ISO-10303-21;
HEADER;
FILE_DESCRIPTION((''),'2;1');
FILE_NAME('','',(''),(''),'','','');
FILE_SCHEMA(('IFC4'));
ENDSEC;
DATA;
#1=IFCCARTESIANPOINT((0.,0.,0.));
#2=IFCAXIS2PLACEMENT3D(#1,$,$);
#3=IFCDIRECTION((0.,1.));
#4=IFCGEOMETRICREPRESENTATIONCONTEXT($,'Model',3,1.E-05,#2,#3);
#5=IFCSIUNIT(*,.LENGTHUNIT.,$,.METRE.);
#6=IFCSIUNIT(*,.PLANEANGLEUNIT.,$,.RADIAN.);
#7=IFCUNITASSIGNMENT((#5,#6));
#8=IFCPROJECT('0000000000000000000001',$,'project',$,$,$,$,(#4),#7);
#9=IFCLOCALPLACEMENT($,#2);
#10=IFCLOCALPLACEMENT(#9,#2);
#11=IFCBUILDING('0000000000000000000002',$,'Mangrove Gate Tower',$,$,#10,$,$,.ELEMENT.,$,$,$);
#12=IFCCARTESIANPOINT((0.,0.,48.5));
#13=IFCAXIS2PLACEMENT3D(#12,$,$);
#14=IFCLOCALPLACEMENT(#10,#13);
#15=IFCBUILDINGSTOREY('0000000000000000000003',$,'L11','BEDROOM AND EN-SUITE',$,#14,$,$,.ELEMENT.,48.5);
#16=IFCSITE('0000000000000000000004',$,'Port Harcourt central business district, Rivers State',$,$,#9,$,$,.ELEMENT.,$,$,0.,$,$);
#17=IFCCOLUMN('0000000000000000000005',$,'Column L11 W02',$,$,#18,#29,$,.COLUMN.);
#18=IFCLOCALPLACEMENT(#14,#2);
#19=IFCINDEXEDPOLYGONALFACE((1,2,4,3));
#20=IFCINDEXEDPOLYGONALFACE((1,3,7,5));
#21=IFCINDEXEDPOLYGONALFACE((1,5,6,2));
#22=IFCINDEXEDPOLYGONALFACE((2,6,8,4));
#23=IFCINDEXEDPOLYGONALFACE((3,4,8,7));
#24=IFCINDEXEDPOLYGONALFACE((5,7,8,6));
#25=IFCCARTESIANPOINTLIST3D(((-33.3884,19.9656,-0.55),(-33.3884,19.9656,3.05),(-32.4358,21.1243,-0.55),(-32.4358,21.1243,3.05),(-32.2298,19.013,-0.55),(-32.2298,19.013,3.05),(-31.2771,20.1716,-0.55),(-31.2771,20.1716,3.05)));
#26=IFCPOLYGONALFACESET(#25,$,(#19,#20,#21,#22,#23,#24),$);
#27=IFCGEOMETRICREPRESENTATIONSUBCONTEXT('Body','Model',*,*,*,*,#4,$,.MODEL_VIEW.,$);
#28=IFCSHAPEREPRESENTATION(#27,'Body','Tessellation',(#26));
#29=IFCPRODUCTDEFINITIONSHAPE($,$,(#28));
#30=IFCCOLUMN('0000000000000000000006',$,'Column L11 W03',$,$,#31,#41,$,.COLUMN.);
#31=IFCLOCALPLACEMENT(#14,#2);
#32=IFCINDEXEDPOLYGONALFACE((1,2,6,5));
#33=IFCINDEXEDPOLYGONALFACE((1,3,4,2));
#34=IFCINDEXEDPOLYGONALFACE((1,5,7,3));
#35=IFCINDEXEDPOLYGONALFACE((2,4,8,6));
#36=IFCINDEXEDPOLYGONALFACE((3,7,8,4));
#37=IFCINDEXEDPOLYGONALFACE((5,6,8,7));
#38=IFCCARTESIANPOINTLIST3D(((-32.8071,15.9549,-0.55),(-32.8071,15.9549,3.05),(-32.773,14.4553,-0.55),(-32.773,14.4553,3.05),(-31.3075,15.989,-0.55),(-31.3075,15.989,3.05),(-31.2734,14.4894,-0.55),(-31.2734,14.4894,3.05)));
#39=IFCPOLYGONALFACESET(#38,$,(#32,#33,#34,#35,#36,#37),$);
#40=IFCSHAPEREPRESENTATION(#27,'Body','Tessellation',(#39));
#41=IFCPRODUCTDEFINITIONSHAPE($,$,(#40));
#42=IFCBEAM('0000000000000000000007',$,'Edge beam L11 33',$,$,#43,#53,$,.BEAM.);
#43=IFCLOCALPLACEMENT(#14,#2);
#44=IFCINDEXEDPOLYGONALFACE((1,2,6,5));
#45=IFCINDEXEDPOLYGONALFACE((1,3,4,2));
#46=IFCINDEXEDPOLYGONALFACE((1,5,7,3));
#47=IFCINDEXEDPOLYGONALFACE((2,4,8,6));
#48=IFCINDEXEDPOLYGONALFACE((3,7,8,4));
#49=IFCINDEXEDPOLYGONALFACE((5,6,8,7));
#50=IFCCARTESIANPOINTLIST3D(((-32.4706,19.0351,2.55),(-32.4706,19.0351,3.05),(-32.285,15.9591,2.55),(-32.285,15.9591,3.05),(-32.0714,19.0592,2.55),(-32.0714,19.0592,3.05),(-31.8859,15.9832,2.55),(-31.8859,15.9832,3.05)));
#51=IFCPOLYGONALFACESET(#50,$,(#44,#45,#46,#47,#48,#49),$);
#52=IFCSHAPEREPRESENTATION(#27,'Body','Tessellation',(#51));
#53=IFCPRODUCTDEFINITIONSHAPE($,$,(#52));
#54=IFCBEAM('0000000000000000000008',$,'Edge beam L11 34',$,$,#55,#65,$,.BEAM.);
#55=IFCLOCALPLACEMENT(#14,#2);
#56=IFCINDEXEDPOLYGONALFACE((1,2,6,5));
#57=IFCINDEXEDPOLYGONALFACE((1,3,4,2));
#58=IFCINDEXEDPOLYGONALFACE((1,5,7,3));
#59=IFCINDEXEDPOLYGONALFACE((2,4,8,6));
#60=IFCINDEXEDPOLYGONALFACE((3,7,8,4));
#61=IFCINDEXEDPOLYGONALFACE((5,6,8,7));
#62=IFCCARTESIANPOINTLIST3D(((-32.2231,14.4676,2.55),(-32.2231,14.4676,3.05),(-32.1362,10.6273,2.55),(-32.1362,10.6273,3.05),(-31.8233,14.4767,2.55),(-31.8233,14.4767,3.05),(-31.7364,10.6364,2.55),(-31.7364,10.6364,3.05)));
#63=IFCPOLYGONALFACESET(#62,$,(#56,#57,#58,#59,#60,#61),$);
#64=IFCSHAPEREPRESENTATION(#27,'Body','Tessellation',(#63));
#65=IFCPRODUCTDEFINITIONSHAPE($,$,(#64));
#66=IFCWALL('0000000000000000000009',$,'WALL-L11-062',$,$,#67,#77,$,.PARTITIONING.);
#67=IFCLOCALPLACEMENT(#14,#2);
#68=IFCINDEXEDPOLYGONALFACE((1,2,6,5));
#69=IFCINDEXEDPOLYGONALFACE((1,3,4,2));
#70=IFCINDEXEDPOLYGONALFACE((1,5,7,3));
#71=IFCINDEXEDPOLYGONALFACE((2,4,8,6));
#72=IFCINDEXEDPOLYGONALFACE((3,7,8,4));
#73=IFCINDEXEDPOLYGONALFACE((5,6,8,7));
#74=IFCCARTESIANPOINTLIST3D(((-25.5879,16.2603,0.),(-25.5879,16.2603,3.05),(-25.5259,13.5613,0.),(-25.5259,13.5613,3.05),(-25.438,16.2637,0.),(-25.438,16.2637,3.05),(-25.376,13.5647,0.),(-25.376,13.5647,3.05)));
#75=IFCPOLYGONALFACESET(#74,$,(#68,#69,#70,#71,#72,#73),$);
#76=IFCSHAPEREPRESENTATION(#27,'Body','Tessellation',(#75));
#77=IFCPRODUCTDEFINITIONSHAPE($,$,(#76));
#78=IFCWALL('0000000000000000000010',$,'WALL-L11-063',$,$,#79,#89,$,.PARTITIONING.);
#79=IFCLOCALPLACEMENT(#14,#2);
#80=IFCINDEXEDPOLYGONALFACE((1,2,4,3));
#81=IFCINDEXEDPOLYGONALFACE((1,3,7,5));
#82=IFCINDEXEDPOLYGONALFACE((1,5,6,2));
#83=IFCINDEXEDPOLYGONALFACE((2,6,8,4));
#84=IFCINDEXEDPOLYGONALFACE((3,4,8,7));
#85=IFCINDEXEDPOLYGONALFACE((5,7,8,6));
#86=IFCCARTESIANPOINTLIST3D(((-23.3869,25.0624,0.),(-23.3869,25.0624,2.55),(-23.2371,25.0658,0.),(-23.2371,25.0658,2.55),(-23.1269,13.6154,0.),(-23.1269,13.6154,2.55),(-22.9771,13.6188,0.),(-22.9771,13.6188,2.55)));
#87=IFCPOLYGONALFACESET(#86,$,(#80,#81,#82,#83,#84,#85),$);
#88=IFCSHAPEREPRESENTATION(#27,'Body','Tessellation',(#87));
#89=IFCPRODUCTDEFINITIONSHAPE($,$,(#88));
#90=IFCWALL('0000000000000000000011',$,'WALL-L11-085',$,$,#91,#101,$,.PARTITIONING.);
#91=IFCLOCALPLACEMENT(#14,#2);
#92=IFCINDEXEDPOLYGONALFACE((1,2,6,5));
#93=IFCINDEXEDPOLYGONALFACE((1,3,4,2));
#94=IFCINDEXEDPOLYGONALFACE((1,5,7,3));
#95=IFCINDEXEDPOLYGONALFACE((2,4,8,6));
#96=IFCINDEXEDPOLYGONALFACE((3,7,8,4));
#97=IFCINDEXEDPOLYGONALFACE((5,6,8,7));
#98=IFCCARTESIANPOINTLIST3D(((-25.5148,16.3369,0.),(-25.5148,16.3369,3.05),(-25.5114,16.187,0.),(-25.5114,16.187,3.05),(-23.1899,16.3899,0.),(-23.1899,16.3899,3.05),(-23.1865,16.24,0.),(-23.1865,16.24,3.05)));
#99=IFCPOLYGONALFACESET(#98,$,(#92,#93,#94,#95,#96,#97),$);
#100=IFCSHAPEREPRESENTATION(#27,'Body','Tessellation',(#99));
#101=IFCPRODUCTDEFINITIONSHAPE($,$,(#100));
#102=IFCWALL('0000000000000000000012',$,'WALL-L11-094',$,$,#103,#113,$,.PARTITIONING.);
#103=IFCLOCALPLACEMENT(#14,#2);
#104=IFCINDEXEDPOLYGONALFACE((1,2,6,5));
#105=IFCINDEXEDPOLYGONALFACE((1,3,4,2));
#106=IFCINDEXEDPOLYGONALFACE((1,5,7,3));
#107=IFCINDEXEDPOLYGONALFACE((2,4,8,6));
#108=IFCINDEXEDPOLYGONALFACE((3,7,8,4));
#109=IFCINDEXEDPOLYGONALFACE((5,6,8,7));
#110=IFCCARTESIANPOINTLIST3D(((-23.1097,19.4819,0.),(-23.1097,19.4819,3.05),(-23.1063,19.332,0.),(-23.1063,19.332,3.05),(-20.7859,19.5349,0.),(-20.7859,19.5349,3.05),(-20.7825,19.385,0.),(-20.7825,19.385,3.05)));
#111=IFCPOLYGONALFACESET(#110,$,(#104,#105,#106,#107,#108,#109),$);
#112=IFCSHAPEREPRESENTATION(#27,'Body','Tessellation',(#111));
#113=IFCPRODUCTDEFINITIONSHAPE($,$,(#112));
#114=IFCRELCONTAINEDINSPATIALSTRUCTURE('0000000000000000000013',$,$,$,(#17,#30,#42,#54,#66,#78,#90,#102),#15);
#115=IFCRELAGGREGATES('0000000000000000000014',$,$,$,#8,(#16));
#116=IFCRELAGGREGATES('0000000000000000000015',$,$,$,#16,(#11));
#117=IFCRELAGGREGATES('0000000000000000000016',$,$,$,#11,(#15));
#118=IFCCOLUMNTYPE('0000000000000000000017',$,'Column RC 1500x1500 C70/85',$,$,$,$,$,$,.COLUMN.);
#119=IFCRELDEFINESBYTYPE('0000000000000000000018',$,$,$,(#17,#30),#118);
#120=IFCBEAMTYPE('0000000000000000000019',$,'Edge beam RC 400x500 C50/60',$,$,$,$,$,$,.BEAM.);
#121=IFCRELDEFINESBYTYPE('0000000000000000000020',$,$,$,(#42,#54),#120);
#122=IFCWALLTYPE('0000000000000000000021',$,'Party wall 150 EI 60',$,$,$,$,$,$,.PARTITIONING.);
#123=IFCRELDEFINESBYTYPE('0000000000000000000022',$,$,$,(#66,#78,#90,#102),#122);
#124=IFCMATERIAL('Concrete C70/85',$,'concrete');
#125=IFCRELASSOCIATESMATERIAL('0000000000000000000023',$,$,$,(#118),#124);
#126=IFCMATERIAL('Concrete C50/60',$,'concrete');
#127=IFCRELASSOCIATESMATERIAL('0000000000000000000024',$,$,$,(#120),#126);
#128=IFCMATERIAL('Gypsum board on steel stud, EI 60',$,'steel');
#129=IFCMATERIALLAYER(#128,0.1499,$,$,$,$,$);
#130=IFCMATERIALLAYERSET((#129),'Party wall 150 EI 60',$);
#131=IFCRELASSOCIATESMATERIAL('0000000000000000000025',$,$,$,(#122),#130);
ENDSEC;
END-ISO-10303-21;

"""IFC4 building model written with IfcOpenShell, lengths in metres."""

from ifc_helpers import new_model, si_unit, direction, frame, frame_2d, origin, origin_2d, place, context, subcontext, project, spatial, rectangle, extrude, material, layer, layer_set, material_profile, profile_set, type_object, element, save


model = new_model("IFC4")

# Units and contexts
model_context = context("Model", 3, precision=1e-05, world=origin(), true_north=direction((0.0, 1.0)))
body_context = subcontext(model_context, "Body", "Model", "MODEL_VIEW")
ifc_project = project(units=[si_unit("LENGTHUNIT", "METRE"), si_unit("PLANEANGLEUNIT", "RADIAN")], contexts=[model_context])

# Site, building, storey
site_placement = place(None, origin())
site = spatial("IfcSite", under=ifc_project, at=site_placement, Name="Port Harcourt central business district, Rivers State", CompositionType="ELEMENT", RefElevation=0.0)
building_placement = place(site_placement, origin())
building = spatial("IfcBuilding", under=site, at=building_placement, Name="Mangrove Gate Tower", CompositionType="ELEMENT")
storey_placement = place(building_placement, frame((0.0, 0.0, 48.5)))
storey = spatial("IfcBuildingStorey", under=building, at=storey_placement, Name="L11", Description="BEDROOM AND EN-SUITE", CompositionType="ELEMENT", Elevation=48.5)

# Columns
ifc_material_1 = material(Name="Concrete C70/85", Category="concrete")
ifc_material_profile_1 = material_profile(ifc_material_1, rectangle(XDim=1.5, YDim=1.5, at=origin_2d()))
ifc_profile_set_1 = profile_set([ifc_material_profile_1], Name="Concrete C70/85")
column_type = type_object("IfcColumnType", Name="Column RC 1500x1500 C70/85", PredefinedType="COLUMN", material=ifc_profile_set_1)
for number, where, z_axis, x_axis, name in (
    (1, (-32.3328, 20.0686, -0.55), (0.0, 0.0, 1.0), (-0.635105, -0.772425, 0.0), "Column L11 W02"),
    (2, (-32.0403, 15.2222, -0.55), (0.0, 0.0, 1.0), (0.022747, -0.999741, 0.0), "Column L11 W03"),
):
    element("IfcColumn", number, at=place(storey_placement, frame(where, z_axis=z_axis, x_axis=x_axis)), inside=storey, type_object=column_type, Name=name, PredefinedType="COLUMN", context=body_context, shape_type="SweptSolid", body=[
        extrude(rectangle(XDim=1.5, YDim=1.5, at=origin_2d()), origin(), (0.0, 0.0, 1.0), 3.6001),
    ])

# Beams
ifc_material_2 = material(Name="Concrete C50/60", Category="concrete")
ifc_material_profile_2 = material_profile(ifc_material_2, rectangle(XDim=0.3999, YDim=0.5, at=origin_2d()))
ifc_profile_set_2 = profile_set([ifc_material_profile_2], Name="Concrete C50/60")
beam_type = type_object("IfcBeamType", Name="Edge beam RC 400x500 C50/60", PredefinedType="BEAM", material=ifc_profile_set_2)
beam_1_placement = place(storey_placement, frame((-32.271, 19.0471, 2.8), z_axis=(0.060213, -0.998186, 0.0), x_axis=(0.998186, 0.060213, 0.0)))
element("IfcBeam", 3, at=beam_1_placement, inside=storey, type_object=beam_type, Name="Edge beam L11 33", PredefinedType="BEAM", context=body_context, shape_type="SweptSolid", body=[
    extrude(rectangle(XDim=0.3999, YDim=0.5, at=origin_2d()), origin(), (0.0, 0.0, 1.0), 3.0815),
])
beam_2_placement = place(storey_placement, frame((-32.0232, 14.4722, 2.8), z_axis=(0.022626, -0.999744, 0.0), x_axis=(0.999744, 0.022626, 0.0)))
element("IfcBeam", 4, at=beam_2_placement, inside=storey, type_object=beam_type, Name="Edge beam L11 34", PredefinedType="BEAM", context=body_context, shape_type="SweptSolid", body=[
    extrude(rectangle(XDim=0.3999, YDim=0.5, at=origin_2d()), origin(), (0.0, 0.0, 1.0), 3.8413),
])

# Walls
ifc_material_3 = material(Name="Gypsum board on steel stud, EI 60", Category="steel")
ifc_layer_1 = layer(ifc_material_3, 0.1499)
ifc_layer_set_1 = layer_set([ifc_layer_1], Name="Party wall 150 EI 60")
wall_type_1 = type_object("IfcWallType", Name="Party wall 150 EI 60", PredefinedType="PARTITIONING", material=ifc_layer_set_1)
wall_1_placement = place(storey_placement, frame((-25.4509, 13.563, 0.0), z_axis=(0.0, 0.0, 1.0), x_axis=(-0.02297, 0.999736, 0.0)))
element("IfcWall", 5, at=wall_1_placement, inside=storey, type_object=wall_type_1, Name="WALL-L11-062", PredefinedType="PARTITIONING", context=body_context, shape_type="SweptSolid", body=[
    extrude(rectangle(XDim=2.6997, YDim=0.1499, at=frame_2d((1.3499, 0.0))), origin(), (0.0, 0.0, 1.0), 3.05),
])
wall_2_placement = place(storey_placement, frame((-23.052, 13.6169, 0.0), z_axis=(0.0, 0.0, 1.0), x_axis=(-0.022708, 0.999742, 0.0)))
element("IfcWall", 6, at=wall_2_placement, inside=storey, type_object=wall_type_1, Name="WALL-L11-063", PredefinedType="PARTITIONING", context=body_context, shape_type="SweptSolid", body=[
    extrude(rectangle(XDim=11.45, YDim=0.1499, at=frame_2d((5.7251, 0.0))), origin(), (0.0, 0.0, 1.0), 2.55),
])
wall_3_placement = place(storey_placement, frame((-25.5129, 16.262, 0.0), z_axis=(0.0, 0.0, 1.0), x_axis=(0.99974, 0.022781, 0.0)))
element("IfcWall", 7, at=wall_3_placement, inside=storey, type_object=wall_type_1, Name="WALL-L11-085", PredefinedType="PARTITIONING", context=body_context, shape_type="SweptSolid", body=[
    extrude(rectangle(XDim=2.3254, YDim=0.1499, at=frame_2d((1.1626, 0.0))), origin(), (0.0, 0.0, 1.0), 3.05),
])
wall_4_placement = place(storey_placement, frame((-23.1079, 19.407, 0.0), z_axis=(0.0, 0.0, 1.0), x_axis=(0.99974, 0.022791, 0.0)))
element("IfcWall", 8, at=wall_4_placement, inside=storey, type_object=wall_type_1, Name="WALL-L11-094", PredefinedType="PARTITIONING", context=body_context, shape_type="SweptSolid", body=[
    extrude(rectangle(XDim=2.3245, YDim=0.1499, at=frame_2d((1.1621, 0.0))), origin(), (0.0, 0.0, 1.0), 3.05),
])

save(model, "model.ifc")
